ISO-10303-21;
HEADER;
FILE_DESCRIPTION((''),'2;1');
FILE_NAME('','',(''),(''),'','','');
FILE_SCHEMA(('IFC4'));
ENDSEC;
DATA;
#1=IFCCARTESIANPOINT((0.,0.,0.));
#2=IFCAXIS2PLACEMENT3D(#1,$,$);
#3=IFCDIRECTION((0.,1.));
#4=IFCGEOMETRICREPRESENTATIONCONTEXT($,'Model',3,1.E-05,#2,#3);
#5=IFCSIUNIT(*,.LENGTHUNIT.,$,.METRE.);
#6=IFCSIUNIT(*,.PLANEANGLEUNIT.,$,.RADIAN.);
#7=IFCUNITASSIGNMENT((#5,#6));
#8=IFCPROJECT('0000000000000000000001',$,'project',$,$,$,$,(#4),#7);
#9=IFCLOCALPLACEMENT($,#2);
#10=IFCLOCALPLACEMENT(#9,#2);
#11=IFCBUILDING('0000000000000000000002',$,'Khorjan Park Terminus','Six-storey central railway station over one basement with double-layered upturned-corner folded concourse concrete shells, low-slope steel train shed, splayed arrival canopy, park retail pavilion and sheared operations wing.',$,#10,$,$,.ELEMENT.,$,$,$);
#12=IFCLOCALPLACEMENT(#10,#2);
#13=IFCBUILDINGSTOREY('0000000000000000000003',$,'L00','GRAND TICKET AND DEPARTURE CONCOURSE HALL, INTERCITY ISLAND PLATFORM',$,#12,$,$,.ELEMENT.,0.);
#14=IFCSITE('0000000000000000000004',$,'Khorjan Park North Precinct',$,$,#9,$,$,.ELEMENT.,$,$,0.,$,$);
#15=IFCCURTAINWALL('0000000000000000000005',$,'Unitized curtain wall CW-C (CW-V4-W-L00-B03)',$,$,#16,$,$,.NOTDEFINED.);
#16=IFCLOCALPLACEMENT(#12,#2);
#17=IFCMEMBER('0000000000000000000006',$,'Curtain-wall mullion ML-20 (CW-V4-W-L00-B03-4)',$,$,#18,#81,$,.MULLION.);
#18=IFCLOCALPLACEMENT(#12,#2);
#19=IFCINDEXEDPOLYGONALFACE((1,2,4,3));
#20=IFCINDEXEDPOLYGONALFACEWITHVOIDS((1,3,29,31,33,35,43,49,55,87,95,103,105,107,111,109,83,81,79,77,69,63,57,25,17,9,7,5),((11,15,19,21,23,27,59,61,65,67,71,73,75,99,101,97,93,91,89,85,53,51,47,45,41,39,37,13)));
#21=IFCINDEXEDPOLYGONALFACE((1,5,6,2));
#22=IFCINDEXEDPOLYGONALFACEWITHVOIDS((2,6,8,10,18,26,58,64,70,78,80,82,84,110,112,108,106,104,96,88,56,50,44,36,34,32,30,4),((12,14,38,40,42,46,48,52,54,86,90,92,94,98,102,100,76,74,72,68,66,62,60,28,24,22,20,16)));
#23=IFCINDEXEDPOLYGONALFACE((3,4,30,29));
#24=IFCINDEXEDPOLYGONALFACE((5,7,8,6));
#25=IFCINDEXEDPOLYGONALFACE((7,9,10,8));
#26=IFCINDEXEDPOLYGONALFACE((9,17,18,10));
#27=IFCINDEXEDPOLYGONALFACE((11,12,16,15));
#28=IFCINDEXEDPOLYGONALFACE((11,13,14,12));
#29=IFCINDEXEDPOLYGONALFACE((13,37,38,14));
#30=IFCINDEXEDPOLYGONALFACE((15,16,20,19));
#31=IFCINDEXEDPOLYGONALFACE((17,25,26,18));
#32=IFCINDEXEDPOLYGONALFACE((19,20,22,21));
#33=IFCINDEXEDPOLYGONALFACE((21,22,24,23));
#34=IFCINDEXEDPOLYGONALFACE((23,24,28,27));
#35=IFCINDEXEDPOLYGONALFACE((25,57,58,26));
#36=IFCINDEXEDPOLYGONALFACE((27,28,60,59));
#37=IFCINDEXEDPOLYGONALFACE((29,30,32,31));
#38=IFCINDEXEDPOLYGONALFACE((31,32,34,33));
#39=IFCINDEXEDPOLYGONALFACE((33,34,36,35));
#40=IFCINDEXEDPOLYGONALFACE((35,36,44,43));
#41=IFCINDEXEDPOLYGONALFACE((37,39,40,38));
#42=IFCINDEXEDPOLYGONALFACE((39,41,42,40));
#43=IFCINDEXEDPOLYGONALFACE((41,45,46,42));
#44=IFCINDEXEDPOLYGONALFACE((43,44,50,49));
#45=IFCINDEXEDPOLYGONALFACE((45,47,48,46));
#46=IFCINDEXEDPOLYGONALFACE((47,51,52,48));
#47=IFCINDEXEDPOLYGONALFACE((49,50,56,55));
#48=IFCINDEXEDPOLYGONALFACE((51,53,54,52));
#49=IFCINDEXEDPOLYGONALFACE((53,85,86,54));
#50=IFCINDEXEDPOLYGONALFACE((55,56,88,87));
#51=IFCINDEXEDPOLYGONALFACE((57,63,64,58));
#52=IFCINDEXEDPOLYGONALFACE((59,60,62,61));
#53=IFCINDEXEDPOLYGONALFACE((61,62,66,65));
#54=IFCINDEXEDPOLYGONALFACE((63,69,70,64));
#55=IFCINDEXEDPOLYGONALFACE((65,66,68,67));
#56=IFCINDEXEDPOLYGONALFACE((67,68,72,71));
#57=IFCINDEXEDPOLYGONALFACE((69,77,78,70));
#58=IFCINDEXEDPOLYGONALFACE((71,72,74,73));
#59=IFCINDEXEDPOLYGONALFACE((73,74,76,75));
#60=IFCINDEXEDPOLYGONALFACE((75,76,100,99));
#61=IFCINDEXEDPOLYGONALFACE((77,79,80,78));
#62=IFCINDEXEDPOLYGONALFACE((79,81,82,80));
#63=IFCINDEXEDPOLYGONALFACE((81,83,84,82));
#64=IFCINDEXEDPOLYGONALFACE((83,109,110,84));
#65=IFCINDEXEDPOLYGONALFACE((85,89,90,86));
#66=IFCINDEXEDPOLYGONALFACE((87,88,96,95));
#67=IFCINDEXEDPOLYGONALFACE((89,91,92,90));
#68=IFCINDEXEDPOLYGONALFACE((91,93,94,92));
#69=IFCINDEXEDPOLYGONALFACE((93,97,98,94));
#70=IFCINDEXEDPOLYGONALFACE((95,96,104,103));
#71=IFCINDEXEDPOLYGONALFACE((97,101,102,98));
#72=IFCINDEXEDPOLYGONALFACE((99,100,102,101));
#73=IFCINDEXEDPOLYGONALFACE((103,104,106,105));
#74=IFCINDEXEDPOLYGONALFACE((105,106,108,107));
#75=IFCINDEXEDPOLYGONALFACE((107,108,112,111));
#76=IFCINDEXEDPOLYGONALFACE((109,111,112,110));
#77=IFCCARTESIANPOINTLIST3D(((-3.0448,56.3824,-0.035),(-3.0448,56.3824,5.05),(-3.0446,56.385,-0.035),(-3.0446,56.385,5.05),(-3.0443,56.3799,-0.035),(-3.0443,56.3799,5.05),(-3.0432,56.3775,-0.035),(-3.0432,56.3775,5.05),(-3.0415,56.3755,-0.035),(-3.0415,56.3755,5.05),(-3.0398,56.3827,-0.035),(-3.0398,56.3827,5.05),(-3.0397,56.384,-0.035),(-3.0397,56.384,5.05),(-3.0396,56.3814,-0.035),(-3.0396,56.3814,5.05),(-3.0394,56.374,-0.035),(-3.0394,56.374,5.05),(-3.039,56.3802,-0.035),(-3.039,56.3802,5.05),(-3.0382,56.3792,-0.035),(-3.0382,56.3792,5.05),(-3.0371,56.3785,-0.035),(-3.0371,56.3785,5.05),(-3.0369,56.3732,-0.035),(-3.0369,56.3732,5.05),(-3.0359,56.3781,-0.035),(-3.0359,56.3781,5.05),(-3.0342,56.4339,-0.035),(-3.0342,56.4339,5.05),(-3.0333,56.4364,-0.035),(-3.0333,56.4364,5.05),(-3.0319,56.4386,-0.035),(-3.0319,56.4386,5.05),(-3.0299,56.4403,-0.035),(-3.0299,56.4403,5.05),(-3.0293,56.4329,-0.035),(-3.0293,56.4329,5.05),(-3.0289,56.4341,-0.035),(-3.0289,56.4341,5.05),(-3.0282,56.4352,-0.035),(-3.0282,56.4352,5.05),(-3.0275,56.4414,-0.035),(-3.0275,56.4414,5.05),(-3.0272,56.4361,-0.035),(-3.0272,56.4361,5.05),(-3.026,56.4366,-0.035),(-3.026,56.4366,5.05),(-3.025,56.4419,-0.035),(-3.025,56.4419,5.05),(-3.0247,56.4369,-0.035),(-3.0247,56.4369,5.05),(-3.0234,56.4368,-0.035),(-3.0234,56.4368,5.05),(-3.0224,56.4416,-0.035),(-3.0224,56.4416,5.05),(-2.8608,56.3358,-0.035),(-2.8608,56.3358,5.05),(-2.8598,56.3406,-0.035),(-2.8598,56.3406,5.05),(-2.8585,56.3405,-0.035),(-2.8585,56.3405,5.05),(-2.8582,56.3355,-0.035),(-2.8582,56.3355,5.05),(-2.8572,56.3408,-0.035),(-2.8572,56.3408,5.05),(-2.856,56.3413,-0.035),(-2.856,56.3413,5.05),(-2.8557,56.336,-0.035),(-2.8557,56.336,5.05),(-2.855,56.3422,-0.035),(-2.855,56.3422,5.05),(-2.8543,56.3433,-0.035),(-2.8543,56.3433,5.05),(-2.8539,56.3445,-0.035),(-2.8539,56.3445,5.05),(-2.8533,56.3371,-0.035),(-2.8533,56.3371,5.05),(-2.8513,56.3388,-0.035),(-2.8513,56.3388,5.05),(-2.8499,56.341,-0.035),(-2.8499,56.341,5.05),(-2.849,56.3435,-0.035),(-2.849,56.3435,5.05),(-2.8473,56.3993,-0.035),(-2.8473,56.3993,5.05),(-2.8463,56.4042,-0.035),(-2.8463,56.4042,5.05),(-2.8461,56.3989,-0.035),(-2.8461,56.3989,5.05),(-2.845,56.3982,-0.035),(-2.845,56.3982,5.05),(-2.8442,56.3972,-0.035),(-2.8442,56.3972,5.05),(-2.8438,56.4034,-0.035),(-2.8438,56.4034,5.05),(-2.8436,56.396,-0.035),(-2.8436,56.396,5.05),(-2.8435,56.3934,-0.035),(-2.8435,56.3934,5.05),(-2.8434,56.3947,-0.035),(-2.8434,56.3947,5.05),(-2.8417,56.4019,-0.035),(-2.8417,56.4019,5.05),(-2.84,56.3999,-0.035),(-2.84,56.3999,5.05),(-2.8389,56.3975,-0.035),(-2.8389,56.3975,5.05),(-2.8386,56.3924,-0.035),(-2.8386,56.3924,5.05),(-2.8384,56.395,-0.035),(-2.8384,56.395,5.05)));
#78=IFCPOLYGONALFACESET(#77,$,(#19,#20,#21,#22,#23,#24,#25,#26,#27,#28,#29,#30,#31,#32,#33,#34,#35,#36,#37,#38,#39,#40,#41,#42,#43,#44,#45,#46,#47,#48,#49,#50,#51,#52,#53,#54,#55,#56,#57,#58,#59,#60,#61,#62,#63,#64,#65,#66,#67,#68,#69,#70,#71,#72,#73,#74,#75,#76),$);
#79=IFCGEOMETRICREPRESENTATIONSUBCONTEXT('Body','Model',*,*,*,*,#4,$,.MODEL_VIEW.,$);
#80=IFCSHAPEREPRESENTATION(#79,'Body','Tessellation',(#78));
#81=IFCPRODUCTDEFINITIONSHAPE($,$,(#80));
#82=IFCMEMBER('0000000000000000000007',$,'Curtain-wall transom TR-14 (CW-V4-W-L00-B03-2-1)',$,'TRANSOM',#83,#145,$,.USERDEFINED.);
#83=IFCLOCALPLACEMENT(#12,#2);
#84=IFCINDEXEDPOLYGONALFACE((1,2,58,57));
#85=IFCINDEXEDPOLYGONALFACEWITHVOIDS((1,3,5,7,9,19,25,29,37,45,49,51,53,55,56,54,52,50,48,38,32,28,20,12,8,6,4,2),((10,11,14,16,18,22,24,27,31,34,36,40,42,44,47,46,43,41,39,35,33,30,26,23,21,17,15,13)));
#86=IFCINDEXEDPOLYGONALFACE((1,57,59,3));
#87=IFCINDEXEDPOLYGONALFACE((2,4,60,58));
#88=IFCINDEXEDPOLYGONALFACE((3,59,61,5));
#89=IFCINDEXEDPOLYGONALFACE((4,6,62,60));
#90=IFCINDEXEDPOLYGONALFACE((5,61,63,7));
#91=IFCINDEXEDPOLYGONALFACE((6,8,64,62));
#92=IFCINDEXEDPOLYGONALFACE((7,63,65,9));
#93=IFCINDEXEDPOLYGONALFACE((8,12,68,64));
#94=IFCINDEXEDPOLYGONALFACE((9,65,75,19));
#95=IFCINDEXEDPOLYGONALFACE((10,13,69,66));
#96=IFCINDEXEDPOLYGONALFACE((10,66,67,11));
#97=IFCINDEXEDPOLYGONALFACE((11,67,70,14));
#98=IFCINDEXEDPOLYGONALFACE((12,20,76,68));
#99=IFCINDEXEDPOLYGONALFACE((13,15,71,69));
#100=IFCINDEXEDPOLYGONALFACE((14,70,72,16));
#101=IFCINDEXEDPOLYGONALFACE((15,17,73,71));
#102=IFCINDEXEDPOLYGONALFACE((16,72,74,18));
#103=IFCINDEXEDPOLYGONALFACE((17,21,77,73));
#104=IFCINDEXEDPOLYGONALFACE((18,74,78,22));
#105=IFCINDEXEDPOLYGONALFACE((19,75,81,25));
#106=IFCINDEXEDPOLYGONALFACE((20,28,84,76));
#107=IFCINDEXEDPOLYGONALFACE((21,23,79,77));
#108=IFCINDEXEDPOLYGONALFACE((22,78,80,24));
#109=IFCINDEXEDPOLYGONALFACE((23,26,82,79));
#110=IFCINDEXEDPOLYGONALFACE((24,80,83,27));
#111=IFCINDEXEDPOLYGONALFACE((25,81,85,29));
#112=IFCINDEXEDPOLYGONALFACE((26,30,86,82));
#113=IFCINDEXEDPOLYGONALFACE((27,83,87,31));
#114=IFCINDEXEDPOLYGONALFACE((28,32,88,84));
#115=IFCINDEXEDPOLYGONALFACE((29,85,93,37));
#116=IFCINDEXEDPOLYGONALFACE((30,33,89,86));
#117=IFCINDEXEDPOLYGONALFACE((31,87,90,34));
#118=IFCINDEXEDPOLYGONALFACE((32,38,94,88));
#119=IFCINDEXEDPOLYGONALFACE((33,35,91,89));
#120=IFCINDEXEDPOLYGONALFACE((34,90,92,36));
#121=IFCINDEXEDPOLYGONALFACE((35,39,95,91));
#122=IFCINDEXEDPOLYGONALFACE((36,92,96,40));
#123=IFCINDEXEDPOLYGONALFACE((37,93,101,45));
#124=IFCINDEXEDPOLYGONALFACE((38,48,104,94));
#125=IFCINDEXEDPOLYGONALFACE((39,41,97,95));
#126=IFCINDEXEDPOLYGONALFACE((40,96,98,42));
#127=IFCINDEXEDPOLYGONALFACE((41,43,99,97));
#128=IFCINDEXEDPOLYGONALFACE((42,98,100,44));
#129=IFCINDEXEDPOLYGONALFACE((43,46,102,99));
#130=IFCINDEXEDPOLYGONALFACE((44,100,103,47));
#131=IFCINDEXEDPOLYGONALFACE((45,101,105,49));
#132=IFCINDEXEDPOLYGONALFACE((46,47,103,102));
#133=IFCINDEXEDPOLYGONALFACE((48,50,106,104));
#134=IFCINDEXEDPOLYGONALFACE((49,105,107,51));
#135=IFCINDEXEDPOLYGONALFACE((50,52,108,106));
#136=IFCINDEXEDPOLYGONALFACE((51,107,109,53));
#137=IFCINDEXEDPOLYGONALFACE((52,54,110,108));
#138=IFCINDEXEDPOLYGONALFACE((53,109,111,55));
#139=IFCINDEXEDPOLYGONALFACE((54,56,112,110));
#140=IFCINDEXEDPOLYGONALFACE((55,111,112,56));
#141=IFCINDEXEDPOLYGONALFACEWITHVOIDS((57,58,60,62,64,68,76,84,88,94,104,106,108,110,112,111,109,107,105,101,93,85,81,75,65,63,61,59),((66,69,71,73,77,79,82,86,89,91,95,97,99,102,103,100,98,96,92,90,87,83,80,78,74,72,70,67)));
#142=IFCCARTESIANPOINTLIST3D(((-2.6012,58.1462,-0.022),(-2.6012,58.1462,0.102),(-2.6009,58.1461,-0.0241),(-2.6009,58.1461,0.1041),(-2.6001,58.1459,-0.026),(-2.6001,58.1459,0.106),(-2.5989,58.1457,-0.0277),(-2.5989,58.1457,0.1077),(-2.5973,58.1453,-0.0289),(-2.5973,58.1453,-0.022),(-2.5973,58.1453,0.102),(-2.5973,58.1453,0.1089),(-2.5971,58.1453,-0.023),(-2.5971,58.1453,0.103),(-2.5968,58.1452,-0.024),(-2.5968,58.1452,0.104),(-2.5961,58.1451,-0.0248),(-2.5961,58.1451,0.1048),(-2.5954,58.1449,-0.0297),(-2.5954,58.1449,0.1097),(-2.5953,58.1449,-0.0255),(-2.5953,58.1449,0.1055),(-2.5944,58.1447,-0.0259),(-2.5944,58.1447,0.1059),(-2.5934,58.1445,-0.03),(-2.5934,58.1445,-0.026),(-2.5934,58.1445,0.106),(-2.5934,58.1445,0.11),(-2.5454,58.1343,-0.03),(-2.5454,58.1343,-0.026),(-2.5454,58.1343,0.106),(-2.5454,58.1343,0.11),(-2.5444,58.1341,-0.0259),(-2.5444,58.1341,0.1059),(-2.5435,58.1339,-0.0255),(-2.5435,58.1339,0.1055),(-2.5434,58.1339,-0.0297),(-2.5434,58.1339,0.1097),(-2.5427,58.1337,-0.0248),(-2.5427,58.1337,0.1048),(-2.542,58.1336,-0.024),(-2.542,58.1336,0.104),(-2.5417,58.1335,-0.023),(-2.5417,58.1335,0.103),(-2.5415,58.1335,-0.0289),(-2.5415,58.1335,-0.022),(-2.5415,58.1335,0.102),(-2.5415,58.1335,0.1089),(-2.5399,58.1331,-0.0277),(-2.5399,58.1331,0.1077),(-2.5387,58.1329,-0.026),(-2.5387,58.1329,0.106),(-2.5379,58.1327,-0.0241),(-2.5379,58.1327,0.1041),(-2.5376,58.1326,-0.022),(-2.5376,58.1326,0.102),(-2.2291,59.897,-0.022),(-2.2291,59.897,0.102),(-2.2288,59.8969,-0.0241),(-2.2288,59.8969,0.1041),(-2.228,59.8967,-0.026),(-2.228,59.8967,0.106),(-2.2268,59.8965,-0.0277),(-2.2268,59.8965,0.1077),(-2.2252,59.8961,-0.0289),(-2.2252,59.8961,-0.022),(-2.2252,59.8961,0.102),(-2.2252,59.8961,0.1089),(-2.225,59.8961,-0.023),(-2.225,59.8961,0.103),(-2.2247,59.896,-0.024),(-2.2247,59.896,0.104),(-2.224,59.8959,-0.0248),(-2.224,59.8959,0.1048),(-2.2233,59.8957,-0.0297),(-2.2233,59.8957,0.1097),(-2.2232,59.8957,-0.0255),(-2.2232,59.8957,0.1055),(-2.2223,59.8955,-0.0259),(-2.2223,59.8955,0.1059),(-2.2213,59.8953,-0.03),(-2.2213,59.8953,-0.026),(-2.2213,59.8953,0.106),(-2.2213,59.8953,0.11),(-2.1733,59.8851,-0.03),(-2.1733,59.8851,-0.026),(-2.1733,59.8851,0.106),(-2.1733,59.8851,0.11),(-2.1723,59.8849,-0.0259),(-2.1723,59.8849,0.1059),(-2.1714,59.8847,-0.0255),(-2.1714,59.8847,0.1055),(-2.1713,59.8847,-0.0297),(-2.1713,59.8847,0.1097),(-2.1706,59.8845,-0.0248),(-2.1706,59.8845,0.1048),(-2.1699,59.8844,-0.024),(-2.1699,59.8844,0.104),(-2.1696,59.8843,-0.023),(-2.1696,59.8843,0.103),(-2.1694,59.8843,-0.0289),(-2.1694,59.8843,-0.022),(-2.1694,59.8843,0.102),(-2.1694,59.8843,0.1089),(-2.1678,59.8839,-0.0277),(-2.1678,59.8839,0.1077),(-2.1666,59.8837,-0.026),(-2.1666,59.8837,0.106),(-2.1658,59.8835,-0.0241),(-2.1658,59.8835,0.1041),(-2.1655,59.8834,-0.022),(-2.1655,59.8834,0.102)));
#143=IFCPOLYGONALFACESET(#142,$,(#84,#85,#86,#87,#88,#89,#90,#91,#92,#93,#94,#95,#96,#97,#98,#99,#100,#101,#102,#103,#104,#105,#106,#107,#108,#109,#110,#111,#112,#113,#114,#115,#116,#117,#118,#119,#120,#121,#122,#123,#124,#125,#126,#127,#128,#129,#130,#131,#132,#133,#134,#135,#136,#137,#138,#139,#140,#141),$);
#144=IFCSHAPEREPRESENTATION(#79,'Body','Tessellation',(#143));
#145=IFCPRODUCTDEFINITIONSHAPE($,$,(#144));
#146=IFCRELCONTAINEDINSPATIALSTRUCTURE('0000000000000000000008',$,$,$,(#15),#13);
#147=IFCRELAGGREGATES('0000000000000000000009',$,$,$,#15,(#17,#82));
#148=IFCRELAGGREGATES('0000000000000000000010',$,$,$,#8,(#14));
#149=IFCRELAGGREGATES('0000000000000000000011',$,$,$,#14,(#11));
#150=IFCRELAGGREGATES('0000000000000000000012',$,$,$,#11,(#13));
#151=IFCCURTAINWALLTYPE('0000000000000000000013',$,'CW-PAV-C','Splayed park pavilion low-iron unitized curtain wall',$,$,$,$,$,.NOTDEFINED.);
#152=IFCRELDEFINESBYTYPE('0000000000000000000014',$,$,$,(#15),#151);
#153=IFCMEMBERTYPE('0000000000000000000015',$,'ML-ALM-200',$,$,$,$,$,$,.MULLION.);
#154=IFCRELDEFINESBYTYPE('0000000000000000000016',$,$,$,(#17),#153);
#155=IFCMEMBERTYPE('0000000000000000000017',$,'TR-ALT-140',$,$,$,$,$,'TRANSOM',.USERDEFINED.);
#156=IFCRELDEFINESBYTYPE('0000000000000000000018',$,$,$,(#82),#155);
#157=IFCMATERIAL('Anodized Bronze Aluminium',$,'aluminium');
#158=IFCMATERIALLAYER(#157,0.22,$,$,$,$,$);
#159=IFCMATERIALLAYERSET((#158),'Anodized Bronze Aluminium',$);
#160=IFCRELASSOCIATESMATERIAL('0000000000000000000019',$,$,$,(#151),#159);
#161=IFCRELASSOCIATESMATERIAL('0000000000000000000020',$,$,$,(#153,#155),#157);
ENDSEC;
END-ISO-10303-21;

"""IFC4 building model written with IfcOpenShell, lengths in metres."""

from ifc_helpers import new_model, si_unit, direction, frame, origin, origin_2d, place, context, subcontext, project, spatial, hollow_rectangle, extrude, material, layer, layer_set, material_profile, profile_set, type_object, element, aggregate, save


model = new_model("IFC4")

# Units and contexts
model_context = context("Model", 3, precision=1e-05, world=origin(), true_north=direction((0.0, 1.0)))
body_context = subcontext(model_context, "Body", "Model", "MODEL_VIEW")
ifc_project = project(units=[si_unit("LENGTHUNIT", "METRE"), si_unit("PLANEANGLEUNIT", "RADIAN")], contexts=[model_context])

# Site, building, storey
site_placement = place(None, origin())
site = spatial("IfcSite", under=ifc_project, at=site_placement, Name="Khorjan Park North Precinct", CompositionType="ELEMENT", RefElevation=0.0)
building_placement = place(site_placement, origin())
building = spatial("IfcBuilding", under=site, at=building_placement, Name="Khorjan Park Terminus", Description="Six-storey central railway station over one basement with double-layered upturned-corner folded concourse concrete shells, low-slope steel train shed, splayed arrival canopy, park retail pavilion and sheared operations wing.", CompositionType="ELEMENT")
storey_placement = place(building_placement, origin())
storey = spatial("IfcBuildingStorey", under=building, at=storey_placement, Name="L00", Description="GRAND TICKET AND DEPARTURE CONCOURSE HALL, INTERCITY ISLAND PLATFORM", CompositionType="ELEMENT", Elevation=0.0)

# Curtain wall, members
ifc_material_1 = material(Name="Anodized Bronze Aluminium", Category="aluminium")
ifc_layer_1 = layer(ifc_material_1, 0.22)
ifc_layer_set_1 = layer_set([ifc_layer_1], Name="Anodized Bronze Aluminium")
curtain_wall_type = type_object("IfcCurtainWallType", Name="CW-PAV-C", Description="Splayed park pavilion low-iron unitized curtain wall", PredefinedType="NOTDEFINED", material=ifc_layer_set_1)
curtain_wall_placement = place(storey_placement, origin())
curtain_wall = element("IfcCurtainWall", 1, at=curtain_wall_placement, inside=storey, type_object=curtain_wall_type, Name="Unitized curtain wall CW-C (CW-V4-W-L00-B03)", PredefinedType="NOTDEFINED")
ifc_material_profile_1 = material_profile(ifc_material_1, hollow_rectangle(XDim=0.07, YDim=0.2, WallThickness=0.005, InnerFilletRadius=0.005, OuterFilletRadius=0.01, at=origin_2d()), Name="ALM 70x200x5")
ifc_profile_set_1 = profile_set([ifc_material_profile_1], Name="Anodized Bronze Aluminium")
member_type_1 = type_object("IfcMemberType", Name="ML-ALM-200", PredefinedType="MULLION", material=ifc_profile_set_1)
member_1_placement = place(storey_placement, frame((-2.9416, 56.3887, -0.035), z_axis=(0.0, 0.0, 1.0), x_axis=(-0.207917, -0.978147, 0.0)))
member_1 = element("IfcMember", 2, at=member_1_placement, type_object=member_type_1, Name="Curtain-wall mullion ML-20 (CW-V4-W-L00-B03-4)", PredefinedType="MULLION", context=body_context, shape_type="SweptSolid", body=[
    extrude(hollow_rectangle(XDim=0.07, YDim=0.2, WallThickness=0.005, InnerFilletRadius=0.005, OuterFilletRadius=0.01, at=origin_2d()), origin(), (0.0, 0.0, 1.0), 5.085),
])
ifc_material_profile_2 = material_profile(ifc_material_1, hollow_rectangle(XDim=0.065, YDim=0.14, WallThickness=0.004, InnerFilletRadius=0.004, OuterFilletRadius=0.008, at=origin_2d()), Name="ALT 65x140x4")
ifc_profile_set_2 = profile_set([ifc_material_profile_2], Name="Anodized Bronze Aluminium")
member_type_2 = type_object("IfcMemberType", Name="TR-ALT-140", ElementType="TRANSOM", PredefinedType="USERDEFINED", material=ifc_profile_set_2)
member_2_placement = place(storey_placement, frame((-2.1973, 59.8902, 0.04), z_axis=(-0.207888, -0.978153, 0.0), x_axis=(0.978153, -0.207888, 0.0)))
member_2 = element("IfcMember", 3, at=member_2_placement, type_object=member_type_2, Name="Curtain-wall transom TR-14 (CW-V4-W-L00-B03-2-1)", ObjectType="TRANSOM", PredefinedType="USERDEFINED", context=body_context, shape_type="SweptSolid", body=[
    extrude(hollow_rectangle(XDim=0.065, YDim=0.14, WallThickness=0.004, InnerFilletRadius=0.004, OuterFilletRadius=0.008, at=origin_2d()), origin(), (0.0, 0.0, 1.0), 1.7899),
])
aggregate(curtain_wall, [member_1, member_2])

save(model, "model.ifc")
